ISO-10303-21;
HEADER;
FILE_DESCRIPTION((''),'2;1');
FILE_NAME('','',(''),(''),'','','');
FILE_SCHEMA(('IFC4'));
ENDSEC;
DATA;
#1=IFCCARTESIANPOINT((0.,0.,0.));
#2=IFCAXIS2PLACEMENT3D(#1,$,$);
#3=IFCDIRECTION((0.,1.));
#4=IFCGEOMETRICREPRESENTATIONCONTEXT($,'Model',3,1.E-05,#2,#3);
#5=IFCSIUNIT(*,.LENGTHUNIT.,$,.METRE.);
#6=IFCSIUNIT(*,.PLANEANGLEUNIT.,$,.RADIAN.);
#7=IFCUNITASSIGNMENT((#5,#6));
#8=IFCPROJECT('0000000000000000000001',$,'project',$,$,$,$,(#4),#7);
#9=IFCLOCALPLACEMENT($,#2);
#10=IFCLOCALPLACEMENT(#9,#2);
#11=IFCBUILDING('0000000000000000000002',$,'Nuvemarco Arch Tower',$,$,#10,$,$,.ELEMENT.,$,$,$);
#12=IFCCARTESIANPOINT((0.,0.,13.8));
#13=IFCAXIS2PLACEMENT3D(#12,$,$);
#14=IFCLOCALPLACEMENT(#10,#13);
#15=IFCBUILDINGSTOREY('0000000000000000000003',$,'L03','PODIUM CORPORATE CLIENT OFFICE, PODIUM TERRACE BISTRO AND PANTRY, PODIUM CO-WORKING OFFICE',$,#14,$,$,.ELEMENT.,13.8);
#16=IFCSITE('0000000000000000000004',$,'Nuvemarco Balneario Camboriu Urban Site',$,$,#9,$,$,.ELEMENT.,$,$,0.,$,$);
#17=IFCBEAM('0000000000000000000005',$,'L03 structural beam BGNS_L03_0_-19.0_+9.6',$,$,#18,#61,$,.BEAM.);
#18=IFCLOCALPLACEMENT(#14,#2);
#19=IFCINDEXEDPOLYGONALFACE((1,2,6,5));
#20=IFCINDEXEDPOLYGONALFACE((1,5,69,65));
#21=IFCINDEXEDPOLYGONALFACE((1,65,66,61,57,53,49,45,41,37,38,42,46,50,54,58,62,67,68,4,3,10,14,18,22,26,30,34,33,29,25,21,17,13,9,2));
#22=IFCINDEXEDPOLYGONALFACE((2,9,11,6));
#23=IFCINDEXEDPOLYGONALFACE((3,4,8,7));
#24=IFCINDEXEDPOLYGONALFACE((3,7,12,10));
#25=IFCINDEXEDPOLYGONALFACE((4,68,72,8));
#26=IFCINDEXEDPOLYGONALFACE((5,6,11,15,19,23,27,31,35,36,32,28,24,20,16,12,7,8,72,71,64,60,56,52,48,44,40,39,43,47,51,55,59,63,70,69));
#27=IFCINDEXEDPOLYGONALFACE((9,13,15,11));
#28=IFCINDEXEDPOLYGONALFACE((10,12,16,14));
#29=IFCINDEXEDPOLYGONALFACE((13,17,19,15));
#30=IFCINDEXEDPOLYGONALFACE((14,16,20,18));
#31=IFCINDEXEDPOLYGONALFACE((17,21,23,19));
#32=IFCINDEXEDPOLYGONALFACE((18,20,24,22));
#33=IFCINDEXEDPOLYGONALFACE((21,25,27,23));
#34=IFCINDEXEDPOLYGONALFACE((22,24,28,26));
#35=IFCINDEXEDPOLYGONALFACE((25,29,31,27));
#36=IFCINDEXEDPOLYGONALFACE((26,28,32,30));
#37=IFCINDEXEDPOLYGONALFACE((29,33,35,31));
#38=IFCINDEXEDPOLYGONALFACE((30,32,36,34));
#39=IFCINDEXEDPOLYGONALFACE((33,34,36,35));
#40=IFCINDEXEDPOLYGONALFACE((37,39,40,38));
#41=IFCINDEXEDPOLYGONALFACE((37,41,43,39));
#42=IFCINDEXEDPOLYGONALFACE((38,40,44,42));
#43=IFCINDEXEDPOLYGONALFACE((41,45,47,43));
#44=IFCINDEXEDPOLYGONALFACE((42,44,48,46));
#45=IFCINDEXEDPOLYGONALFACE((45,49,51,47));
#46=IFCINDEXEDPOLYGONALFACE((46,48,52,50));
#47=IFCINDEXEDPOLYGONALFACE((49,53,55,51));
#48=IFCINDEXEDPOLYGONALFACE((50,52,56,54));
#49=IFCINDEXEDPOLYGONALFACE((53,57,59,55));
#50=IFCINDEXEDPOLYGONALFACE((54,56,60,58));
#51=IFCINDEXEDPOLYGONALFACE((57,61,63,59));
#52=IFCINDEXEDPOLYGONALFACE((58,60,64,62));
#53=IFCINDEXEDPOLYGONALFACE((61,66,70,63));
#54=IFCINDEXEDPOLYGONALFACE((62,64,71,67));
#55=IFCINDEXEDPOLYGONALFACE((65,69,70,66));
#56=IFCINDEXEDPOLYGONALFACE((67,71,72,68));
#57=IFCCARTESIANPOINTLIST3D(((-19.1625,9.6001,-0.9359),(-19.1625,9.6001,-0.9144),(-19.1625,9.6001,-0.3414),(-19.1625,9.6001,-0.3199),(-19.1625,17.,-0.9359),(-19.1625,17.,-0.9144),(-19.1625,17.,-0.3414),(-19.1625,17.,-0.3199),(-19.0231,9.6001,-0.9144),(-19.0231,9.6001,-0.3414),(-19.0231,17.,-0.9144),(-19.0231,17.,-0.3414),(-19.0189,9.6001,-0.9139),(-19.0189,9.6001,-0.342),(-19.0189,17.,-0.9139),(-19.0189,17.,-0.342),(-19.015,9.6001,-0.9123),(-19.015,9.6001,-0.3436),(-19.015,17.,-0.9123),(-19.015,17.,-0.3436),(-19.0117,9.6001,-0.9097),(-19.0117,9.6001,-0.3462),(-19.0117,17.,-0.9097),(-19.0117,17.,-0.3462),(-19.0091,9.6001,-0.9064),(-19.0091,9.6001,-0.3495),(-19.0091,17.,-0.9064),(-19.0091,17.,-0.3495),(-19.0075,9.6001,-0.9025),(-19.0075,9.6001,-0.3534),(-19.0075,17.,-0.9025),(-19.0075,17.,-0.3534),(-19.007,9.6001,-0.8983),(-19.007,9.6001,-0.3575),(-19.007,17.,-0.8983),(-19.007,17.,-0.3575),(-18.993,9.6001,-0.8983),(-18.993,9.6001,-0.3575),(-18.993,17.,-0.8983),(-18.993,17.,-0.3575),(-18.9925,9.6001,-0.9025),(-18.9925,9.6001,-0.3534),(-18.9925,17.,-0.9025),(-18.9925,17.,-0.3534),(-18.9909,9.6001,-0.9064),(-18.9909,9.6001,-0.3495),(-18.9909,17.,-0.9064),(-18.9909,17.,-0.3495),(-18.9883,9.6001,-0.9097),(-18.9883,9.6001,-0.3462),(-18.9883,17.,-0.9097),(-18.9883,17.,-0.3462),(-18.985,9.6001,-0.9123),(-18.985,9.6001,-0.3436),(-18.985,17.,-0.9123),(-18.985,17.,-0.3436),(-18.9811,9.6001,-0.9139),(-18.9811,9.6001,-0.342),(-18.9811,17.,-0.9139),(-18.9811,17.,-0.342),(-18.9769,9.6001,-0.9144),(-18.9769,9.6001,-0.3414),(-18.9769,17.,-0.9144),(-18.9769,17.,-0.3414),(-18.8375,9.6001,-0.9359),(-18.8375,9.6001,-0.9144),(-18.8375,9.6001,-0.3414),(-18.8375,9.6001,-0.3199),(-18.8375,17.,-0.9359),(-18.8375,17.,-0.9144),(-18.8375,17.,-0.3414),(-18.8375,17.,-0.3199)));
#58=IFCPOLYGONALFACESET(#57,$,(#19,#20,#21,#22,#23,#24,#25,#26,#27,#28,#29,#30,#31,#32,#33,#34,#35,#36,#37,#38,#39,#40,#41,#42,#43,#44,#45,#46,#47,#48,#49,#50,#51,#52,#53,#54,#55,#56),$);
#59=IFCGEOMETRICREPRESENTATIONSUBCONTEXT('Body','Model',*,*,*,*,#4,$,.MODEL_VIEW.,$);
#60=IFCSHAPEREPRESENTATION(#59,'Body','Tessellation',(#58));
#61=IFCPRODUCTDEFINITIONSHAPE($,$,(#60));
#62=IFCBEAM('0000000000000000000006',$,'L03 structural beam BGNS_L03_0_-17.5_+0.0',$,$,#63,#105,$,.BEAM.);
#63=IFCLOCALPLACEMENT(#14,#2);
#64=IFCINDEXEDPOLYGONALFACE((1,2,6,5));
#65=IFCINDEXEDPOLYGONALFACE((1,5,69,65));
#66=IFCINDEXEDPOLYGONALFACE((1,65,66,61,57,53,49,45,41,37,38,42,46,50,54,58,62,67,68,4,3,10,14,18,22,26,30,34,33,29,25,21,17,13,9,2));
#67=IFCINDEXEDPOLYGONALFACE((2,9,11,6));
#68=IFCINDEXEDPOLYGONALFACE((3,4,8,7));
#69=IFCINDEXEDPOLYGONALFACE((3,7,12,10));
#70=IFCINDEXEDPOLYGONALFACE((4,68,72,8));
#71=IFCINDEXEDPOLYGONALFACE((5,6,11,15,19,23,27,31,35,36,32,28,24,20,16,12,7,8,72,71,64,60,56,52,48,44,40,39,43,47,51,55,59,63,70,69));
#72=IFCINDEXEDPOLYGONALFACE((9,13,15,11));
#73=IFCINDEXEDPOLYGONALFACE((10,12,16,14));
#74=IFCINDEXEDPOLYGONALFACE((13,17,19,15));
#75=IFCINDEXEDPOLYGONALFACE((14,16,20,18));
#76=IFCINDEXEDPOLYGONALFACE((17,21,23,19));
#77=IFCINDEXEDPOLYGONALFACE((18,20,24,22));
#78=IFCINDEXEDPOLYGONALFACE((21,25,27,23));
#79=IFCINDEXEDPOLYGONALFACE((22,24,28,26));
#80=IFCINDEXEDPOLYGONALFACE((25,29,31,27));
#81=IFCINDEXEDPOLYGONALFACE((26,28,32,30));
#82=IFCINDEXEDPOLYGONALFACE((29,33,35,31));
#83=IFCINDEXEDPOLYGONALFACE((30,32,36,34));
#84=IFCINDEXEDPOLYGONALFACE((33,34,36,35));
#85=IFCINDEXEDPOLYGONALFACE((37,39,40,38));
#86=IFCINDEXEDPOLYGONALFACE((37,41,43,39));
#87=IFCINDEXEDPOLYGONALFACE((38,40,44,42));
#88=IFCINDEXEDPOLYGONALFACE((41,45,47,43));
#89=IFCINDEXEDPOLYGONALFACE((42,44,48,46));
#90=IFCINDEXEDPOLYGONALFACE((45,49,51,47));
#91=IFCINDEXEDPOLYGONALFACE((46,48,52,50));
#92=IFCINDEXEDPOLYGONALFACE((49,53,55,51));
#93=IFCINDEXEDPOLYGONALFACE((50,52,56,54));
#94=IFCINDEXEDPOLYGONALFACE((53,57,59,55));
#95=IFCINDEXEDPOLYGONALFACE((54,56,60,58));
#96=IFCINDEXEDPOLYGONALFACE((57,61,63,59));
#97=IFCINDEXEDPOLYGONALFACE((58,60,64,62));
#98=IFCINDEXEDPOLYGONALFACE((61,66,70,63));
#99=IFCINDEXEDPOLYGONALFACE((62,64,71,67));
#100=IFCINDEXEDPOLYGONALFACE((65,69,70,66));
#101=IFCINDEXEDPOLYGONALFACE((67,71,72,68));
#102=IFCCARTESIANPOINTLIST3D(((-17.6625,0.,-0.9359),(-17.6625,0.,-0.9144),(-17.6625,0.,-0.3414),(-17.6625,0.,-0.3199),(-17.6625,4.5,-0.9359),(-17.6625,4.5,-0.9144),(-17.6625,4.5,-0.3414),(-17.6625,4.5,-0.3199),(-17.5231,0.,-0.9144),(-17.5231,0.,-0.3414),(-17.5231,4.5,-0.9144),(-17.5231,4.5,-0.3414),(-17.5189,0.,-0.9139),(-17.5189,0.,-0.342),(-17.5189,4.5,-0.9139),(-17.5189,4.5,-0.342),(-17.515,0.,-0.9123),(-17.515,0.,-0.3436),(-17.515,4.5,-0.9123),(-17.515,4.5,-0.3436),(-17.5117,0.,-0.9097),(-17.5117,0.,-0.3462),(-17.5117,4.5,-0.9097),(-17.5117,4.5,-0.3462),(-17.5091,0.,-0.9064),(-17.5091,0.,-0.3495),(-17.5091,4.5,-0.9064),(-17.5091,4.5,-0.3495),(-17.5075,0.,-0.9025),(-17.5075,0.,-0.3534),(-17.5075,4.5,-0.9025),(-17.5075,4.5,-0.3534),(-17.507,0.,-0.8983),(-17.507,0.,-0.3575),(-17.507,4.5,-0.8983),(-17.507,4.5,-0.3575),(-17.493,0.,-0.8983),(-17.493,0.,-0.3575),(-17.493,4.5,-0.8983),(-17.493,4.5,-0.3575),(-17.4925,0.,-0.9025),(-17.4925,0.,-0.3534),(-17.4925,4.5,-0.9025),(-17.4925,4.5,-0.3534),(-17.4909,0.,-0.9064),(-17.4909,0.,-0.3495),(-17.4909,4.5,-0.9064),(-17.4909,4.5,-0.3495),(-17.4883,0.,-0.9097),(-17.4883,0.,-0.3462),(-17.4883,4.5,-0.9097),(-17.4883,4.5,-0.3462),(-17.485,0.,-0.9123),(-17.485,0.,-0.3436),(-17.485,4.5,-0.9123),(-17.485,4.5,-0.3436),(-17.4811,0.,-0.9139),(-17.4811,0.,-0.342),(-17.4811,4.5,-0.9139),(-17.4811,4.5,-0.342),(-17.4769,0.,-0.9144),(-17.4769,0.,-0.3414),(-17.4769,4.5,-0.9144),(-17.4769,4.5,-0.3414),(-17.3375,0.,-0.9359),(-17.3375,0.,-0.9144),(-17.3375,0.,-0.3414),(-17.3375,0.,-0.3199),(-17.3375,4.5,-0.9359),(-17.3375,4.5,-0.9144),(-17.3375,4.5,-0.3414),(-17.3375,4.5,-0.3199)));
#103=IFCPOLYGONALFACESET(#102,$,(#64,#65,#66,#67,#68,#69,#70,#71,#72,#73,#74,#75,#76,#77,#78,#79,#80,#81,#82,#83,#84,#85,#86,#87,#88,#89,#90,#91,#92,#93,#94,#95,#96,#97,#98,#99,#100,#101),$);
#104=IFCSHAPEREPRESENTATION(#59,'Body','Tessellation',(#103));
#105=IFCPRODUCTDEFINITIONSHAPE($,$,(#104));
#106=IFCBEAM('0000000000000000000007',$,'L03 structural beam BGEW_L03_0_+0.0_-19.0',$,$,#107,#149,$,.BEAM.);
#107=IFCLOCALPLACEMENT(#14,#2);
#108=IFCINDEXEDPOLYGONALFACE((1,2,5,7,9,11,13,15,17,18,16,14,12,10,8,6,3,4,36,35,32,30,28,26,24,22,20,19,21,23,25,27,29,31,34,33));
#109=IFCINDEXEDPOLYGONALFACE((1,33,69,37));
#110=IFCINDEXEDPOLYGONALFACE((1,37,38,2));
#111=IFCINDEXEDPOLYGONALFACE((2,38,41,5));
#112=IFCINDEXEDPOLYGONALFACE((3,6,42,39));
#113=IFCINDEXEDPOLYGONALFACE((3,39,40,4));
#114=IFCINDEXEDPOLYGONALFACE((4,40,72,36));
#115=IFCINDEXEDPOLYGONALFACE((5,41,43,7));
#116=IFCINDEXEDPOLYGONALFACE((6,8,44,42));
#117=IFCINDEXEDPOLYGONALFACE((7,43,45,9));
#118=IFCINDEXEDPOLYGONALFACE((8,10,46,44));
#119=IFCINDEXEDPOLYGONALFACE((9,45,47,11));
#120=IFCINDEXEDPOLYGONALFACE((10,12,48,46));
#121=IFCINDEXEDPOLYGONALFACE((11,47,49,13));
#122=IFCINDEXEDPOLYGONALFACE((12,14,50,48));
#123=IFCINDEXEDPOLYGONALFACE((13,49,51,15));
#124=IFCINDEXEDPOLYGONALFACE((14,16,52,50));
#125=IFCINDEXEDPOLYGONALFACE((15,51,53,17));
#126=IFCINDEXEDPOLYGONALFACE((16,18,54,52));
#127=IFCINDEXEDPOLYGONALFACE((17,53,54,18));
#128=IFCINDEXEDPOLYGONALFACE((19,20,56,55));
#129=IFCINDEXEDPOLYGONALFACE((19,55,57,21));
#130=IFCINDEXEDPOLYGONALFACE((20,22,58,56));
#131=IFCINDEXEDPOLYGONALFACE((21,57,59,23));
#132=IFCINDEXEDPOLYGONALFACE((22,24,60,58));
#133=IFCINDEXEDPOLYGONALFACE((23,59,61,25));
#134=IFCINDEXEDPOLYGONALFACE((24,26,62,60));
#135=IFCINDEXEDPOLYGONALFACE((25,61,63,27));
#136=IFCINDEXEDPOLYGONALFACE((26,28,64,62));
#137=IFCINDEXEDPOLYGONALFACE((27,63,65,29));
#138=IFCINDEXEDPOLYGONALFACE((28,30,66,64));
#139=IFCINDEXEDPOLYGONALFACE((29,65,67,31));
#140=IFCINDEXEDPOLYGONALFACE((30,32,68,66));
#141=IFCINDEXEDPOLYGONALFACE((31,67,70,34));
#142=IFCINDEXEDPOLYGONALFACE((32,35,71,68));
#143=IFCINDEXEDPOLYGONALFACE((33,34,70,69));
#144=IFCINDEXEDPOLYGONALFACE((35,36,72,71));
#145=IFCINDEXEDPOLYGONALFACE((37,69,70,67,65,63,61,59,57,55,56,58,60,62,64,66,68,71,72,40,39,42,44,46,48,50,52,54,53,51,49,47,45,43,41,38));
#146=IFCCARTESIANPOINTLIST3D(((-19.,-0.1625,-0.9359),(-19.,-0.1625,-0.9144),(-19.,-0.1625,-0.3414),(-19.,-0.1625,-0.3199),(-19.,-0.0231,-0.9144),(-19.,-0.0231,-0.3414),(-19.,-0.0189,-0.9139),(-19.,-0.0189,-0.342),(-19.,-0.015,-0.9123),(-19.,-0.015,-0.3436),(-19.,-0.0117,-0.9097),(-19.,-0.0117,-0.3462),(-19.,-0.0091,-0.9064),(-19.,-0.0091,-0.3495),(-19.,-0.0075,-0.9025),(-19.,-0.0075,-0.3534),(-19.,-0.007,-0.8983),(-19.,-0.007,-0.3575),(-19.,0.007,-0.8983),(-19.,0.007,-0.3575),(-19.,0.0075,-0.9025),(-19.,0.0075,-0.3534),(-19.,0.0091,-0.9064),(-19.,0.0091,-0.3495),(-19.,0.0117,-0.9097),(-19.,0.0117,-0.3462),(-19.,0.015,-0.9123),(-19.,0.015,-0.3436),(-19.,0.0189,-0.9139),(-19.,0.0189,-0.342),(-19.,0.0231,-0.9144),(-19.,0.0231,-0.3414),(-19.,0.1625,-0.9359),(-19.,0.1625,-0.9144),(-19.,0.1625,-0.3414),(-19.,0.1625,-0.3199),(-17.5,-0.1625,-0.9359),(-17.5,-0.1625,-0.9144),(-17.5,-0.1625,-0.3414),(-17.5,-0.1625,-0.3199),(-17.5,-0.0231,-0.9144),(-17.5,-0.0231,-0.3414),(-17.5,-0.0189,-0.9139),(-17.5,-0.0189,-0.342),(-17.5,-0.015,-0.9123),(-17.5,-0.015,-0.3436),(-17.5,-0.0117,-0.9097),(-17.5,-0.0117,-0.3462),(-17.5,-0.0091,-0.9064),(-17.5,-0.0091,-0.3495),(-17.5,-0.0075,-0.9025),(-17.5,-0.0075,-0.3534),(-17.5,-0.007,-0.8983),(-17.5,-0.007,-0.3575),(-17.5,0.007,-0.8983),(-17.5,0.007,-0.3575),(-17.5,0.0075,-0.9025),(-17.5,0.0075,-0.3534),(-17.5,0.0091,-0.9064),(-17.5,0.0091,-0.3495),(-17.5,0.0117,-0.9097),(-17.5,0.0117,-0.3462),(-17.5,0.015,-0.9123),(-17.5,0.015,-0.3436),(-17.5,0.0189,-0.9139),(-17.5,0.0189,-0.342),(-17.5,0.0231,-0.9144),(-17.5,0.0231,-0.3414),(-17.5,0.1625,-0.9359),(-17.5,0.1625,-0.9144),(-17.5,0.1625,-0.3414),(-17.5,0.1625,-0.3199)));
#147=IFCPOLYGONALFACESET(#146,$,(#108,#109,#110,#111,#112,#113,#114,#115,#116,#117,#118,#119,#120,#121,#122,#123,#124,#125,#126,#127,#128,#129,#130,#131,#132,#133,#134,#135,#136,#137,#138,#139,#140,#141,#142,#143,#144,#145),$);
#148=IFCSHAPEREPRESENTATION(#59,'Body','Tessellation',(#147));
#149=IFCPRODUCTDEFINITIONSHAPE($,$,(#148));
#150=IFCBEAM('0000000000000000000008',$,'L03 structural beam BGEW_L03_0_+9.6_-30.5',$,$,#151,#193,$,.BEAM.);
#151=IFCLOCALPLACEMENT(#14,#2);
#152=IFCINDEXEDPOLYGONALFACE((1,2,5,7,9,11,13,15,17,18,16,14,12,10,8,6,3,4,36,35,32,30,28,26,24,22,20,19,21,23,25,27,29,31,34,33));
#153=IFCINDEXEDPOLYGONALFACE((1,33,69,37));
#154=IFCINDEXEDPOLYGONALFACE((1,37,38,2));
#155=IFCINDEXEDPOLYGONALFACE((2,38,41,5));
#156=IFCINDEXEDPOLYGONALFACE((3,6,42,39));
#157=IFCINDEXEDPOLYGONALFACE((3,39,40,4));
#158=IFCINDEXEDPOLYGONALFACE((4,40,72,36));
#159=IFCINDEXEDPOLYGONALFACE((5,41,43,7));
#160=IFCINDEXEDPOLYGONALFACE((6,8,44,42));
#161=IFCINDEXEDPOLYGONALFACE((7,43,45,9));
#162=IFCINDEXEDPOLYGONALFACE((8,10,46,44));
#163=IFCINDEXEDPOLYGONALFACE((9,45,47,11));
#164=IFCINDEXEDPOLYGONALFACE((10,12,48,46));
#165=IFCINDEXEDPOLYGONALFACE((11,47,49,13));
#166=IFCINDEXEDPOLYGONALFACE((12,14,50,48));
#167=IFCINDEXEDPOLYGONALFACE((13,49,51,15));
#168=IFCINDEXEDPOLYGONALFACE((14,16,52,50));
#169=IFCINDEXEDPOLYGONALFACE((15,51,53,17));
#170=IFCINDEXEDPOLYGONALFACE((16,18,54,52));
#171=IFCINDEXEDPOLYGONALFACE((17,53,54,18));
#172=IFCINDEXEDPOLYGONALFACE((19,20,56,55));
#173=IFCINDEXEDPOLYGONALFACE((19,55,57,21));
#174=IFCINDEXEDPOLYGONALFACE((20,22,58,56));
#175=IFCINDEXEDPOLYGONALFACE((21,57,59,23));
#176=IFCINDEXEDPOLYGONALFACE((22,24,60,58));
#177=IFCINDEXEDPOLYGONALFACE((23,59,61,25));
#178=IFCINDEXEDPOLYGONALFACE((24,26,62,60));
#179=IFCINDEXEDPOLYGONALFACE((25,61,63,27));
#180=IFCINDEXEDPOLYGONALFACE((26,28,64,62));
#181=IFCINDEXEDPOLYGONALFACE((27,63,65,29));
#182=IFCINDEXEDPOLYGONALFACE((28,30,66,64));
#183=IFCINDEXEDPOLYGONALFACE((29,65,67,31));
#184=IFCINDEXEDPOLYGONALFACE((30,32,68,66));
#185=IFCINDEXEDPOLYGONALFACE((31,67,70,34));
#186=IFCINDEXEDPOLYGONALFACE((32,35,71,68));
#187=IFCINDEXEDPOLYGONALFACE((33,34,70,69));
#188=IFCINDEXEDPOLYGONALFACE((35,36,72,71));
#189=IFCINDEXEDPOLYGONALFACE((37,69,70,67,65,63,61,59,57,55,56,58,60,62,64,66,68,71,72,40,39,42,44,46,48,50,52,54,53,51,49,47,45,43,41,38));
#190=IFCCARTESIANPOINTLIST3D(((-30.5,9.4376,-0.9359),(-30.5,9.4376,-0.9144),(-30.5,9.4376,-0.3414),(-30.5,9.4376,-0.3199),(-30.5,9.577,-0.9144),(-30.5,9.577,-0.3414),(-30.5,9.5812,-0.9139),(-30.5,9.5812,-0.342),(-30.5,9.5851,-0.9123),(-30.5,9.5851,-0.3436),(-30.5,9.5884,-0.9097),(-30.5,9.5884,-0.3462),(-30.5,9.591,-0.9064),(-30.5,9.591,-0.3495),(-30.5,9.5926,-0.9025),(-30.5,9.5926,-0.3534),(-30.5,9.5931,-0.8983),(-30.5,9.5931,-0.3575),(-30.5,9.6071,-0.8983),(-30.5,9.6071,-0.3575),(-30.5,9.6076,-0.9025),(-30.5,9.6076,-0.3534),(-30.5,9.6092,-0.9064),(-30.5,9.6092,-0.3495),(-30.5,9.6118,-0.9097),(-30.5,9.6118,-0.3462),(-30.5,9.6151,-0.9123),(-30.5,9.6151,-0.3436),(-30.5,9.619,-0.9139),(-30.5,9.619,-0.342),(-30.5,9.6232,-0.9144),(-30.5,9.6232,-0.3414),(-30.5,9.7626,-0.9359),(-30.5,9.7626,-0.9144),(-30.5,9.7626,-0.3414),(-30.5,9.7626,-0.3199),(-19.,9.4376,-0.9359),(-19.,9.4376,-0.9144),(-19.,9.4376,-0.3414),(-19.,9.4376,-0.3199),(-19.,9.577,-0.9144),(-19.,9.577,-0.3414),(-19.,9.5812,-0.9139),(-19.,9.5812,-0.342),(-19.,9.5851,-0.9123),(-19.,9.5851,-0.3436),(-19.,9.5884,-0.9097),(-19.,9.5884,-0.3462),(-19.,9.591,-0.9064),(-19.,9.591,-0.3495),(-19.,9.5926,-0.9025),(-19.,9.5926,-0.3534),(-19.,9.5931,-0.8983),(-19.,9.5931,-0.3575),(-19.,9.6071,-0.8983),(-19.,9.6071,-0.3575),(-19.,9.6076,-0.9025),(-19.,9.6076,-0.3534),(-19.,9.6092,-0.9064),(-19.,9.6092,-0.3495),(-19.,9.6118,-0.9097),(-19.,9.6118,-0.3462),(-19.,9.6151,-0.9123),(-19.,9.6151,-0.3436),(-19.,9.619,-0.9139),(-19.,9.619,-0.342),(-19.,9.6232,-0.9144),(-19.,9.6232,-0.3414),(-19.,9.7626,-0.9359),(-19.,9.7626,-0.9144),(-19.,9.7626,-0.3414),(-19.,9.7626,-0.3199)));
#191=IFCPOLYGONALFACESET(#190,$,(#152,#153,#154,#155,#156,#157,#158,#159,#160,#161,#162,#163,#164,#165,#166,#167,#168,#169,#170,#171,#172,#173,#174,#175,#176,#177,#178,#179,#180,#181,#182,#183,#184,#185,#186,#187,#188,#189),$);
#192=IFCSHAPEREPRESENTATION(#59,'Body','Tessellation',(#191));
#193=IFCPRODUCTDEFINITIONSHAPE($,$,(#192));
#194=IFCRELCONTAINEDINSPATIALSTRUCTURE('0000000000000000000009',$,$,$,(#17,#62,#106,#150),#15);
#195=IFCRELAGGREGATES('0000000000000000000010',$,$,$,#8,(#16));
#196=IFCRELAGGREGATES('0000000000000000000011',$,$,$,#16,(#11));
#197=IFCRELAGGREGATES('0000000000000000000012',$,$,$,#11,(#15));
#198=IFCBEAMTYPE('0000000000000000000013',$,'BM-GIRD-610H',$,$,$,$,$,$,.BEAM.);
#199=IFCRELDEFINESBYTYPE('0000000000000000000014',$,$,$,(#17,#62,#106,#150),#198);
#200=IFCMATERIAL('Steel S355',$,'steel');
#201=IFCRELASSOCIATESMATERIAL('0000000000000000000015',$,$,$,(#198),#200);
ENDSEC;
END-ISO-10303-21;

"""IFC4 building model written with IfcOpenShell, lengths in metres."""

from ifc_helpers import new_model, si_unit, direction, frame, origin, origin_2d, place, context, subcontext, project, spatial, i_section, extrude, material, material_profile, profile_set, type_object, element, save


model = new_model("IFC4")

# Units and contexts
model_context = context("Model", 3, precision=1e-05, world=origin(), true_north=direction((0.0, 1.0)))
body_context = subcontext(model_context, "Body", "Model", "MODEL_VIEW")
ifc_project = project(units=[si_unit("LENGTHUNIT", "METRE"), si_unit("PLANEANGLEUNIT", "RADIAN")], contexts=[model_context])

# Site, building, storey
site_placement = place(None, origin())
site = spatial("IfcSite", under=ifc_project, at=site_placement, Name="Nuvemarco Balneario Camboriu Urban Site", CompositionType="ELEMENT", RefElevation=0.0)
building_placement = place(site_placement, origin())
building = spatial("IfcBuilding", under=site, at=building_placement, Name="Nuvemarco Arch Tower", CompositionType="ELEMENT")
storey_placement = place(building_placement, frame((0.0, 0.0, 13.8)))
storey = spatial("IfcBuildingStorey", under=building, at=storey_placement, Name="L03", Description="PODIUM CORPORATE CLIENT OFFICE, PODIUM TERRACE BISTRO AND PANTRY, PODIUM CO-WORKING OFFICE", CompositionType="ELEMENT", Elevation=13.8)

# Beams
ifc_material_1 = material(Name="Steel S355", Category="steel")
ifc_material_profile_1 = material_profile(ifc_material_1, i_section(OverallWidth=0.325, OverallDepth=0.616, WebThickness=0.0139, FlangeThickness=0.0215, FilletRadius=0.0161, at=origin_2d()), Name="W610x174")
ifc_profile_set_1 = profile_set([ifc_material_profile_1], Name="Steel S355")
beam_type_1 = type_object("IfcBeamType", Name="BM-GIRD-610H", PredefinedType="BEAM", material=ifc_profile_set_1)
beam_1_placement = place(storey_placement, frame((-19.0, 9.6001, -0.6279), z_axis=(0.0, 1.0, 0.0), x_axis=(-1.0, 0.0, 0.0)))
element("IfcBeam", 1, at=beam_1_placement, inside=storey, type_object=beam_type_1, Name="L03 structural beam BGNS_L03_0_-19.0_+9.6", PredefinedType="BEAM", context=body_context, shape_type="SweptSolid", body=[
    extrude(i_section(OverallWidth=0.325, OverallDepth=0.616, WebThickness=0.0139, FlangeThickness=0.0215, FilletRadius=0.0161, at=origin_2d()), origin(), (0.0, 0.0, 1.0), 7.3999),
])
beam_2_placement = place(storey_placement, frame((-17.5, 0.0, -0.6279), z_axis=(0.0, 1.0, 0.0), x_axis=(-1.0, 0.0, 0.0)))
element("IfcBeam", 2, at=beam_2_placement, inside=storey, type_object=beam_type_1, Name="L03 structural beam BGNS_L03_0_-17.5_+0.0", PredefinedType="BEAM", context=body_context, shape_type="SweptSolid", body=[
    extrude(i_section(OverallWidth=0.325, OverallDepth=0.616, WebThickness=0.0139, FlangeThickness=0.0215, FilletRadius=0.0161, at=origin_2d()), origin(), (0.0, 0.0, 1.0), 4.5),
])
beam_3_placement = place(storey_placement, frame((-19.0, 0.0, -0.6279), z_axis=(1.0, 0.0, 0.0), x_axis=(0.0, 1.0, 0.0)))
element("IfcBeam", 3, at=beam_3_placement, inside=storey, type_object=beam_type_1, Name="L03 structural beam BGEW_L03_0_+0.0_-19.0", PredefinedType="BEAM", context=body_context, shape_type="SweptSolid", body=[
    extrude(i_section(OverallWidth=0.325, OverallDepth=0.616, WebThickness=0.0139, FlangeThickness=0.0215, FilletRadius=0.0161, at=origin_2d()), origin(), (0.0, 0.0, 1.0), 1.5),
])
beam_4_placement = place(storey_placement, frame((-30.5, 9.6001, -0.6279), z_axis=(1.0, 0.0, 0.0), x_axis=(0.0, 1.0, 0.0)))
element("IfcBeam", 4, at=beam_4_placement, inside=storey, type_object=beam_type_1, Name="L03 structural beam BGEW_L03_0_+9.6_-30.5", PredefinedType="BEAM", context=body_context, shape_type="SweptSolid", body=[
    extrude(i_section(OverallWidth=0.325, OverallDepth=0.616, WebThickness=0.0139, FlangeThickness=0.0215, FilletRadius=0.0161, at=origin_2d()), origin(), (0.0, 0.0, 1.0), 11.5),
])

save(model, "model.ifc")
